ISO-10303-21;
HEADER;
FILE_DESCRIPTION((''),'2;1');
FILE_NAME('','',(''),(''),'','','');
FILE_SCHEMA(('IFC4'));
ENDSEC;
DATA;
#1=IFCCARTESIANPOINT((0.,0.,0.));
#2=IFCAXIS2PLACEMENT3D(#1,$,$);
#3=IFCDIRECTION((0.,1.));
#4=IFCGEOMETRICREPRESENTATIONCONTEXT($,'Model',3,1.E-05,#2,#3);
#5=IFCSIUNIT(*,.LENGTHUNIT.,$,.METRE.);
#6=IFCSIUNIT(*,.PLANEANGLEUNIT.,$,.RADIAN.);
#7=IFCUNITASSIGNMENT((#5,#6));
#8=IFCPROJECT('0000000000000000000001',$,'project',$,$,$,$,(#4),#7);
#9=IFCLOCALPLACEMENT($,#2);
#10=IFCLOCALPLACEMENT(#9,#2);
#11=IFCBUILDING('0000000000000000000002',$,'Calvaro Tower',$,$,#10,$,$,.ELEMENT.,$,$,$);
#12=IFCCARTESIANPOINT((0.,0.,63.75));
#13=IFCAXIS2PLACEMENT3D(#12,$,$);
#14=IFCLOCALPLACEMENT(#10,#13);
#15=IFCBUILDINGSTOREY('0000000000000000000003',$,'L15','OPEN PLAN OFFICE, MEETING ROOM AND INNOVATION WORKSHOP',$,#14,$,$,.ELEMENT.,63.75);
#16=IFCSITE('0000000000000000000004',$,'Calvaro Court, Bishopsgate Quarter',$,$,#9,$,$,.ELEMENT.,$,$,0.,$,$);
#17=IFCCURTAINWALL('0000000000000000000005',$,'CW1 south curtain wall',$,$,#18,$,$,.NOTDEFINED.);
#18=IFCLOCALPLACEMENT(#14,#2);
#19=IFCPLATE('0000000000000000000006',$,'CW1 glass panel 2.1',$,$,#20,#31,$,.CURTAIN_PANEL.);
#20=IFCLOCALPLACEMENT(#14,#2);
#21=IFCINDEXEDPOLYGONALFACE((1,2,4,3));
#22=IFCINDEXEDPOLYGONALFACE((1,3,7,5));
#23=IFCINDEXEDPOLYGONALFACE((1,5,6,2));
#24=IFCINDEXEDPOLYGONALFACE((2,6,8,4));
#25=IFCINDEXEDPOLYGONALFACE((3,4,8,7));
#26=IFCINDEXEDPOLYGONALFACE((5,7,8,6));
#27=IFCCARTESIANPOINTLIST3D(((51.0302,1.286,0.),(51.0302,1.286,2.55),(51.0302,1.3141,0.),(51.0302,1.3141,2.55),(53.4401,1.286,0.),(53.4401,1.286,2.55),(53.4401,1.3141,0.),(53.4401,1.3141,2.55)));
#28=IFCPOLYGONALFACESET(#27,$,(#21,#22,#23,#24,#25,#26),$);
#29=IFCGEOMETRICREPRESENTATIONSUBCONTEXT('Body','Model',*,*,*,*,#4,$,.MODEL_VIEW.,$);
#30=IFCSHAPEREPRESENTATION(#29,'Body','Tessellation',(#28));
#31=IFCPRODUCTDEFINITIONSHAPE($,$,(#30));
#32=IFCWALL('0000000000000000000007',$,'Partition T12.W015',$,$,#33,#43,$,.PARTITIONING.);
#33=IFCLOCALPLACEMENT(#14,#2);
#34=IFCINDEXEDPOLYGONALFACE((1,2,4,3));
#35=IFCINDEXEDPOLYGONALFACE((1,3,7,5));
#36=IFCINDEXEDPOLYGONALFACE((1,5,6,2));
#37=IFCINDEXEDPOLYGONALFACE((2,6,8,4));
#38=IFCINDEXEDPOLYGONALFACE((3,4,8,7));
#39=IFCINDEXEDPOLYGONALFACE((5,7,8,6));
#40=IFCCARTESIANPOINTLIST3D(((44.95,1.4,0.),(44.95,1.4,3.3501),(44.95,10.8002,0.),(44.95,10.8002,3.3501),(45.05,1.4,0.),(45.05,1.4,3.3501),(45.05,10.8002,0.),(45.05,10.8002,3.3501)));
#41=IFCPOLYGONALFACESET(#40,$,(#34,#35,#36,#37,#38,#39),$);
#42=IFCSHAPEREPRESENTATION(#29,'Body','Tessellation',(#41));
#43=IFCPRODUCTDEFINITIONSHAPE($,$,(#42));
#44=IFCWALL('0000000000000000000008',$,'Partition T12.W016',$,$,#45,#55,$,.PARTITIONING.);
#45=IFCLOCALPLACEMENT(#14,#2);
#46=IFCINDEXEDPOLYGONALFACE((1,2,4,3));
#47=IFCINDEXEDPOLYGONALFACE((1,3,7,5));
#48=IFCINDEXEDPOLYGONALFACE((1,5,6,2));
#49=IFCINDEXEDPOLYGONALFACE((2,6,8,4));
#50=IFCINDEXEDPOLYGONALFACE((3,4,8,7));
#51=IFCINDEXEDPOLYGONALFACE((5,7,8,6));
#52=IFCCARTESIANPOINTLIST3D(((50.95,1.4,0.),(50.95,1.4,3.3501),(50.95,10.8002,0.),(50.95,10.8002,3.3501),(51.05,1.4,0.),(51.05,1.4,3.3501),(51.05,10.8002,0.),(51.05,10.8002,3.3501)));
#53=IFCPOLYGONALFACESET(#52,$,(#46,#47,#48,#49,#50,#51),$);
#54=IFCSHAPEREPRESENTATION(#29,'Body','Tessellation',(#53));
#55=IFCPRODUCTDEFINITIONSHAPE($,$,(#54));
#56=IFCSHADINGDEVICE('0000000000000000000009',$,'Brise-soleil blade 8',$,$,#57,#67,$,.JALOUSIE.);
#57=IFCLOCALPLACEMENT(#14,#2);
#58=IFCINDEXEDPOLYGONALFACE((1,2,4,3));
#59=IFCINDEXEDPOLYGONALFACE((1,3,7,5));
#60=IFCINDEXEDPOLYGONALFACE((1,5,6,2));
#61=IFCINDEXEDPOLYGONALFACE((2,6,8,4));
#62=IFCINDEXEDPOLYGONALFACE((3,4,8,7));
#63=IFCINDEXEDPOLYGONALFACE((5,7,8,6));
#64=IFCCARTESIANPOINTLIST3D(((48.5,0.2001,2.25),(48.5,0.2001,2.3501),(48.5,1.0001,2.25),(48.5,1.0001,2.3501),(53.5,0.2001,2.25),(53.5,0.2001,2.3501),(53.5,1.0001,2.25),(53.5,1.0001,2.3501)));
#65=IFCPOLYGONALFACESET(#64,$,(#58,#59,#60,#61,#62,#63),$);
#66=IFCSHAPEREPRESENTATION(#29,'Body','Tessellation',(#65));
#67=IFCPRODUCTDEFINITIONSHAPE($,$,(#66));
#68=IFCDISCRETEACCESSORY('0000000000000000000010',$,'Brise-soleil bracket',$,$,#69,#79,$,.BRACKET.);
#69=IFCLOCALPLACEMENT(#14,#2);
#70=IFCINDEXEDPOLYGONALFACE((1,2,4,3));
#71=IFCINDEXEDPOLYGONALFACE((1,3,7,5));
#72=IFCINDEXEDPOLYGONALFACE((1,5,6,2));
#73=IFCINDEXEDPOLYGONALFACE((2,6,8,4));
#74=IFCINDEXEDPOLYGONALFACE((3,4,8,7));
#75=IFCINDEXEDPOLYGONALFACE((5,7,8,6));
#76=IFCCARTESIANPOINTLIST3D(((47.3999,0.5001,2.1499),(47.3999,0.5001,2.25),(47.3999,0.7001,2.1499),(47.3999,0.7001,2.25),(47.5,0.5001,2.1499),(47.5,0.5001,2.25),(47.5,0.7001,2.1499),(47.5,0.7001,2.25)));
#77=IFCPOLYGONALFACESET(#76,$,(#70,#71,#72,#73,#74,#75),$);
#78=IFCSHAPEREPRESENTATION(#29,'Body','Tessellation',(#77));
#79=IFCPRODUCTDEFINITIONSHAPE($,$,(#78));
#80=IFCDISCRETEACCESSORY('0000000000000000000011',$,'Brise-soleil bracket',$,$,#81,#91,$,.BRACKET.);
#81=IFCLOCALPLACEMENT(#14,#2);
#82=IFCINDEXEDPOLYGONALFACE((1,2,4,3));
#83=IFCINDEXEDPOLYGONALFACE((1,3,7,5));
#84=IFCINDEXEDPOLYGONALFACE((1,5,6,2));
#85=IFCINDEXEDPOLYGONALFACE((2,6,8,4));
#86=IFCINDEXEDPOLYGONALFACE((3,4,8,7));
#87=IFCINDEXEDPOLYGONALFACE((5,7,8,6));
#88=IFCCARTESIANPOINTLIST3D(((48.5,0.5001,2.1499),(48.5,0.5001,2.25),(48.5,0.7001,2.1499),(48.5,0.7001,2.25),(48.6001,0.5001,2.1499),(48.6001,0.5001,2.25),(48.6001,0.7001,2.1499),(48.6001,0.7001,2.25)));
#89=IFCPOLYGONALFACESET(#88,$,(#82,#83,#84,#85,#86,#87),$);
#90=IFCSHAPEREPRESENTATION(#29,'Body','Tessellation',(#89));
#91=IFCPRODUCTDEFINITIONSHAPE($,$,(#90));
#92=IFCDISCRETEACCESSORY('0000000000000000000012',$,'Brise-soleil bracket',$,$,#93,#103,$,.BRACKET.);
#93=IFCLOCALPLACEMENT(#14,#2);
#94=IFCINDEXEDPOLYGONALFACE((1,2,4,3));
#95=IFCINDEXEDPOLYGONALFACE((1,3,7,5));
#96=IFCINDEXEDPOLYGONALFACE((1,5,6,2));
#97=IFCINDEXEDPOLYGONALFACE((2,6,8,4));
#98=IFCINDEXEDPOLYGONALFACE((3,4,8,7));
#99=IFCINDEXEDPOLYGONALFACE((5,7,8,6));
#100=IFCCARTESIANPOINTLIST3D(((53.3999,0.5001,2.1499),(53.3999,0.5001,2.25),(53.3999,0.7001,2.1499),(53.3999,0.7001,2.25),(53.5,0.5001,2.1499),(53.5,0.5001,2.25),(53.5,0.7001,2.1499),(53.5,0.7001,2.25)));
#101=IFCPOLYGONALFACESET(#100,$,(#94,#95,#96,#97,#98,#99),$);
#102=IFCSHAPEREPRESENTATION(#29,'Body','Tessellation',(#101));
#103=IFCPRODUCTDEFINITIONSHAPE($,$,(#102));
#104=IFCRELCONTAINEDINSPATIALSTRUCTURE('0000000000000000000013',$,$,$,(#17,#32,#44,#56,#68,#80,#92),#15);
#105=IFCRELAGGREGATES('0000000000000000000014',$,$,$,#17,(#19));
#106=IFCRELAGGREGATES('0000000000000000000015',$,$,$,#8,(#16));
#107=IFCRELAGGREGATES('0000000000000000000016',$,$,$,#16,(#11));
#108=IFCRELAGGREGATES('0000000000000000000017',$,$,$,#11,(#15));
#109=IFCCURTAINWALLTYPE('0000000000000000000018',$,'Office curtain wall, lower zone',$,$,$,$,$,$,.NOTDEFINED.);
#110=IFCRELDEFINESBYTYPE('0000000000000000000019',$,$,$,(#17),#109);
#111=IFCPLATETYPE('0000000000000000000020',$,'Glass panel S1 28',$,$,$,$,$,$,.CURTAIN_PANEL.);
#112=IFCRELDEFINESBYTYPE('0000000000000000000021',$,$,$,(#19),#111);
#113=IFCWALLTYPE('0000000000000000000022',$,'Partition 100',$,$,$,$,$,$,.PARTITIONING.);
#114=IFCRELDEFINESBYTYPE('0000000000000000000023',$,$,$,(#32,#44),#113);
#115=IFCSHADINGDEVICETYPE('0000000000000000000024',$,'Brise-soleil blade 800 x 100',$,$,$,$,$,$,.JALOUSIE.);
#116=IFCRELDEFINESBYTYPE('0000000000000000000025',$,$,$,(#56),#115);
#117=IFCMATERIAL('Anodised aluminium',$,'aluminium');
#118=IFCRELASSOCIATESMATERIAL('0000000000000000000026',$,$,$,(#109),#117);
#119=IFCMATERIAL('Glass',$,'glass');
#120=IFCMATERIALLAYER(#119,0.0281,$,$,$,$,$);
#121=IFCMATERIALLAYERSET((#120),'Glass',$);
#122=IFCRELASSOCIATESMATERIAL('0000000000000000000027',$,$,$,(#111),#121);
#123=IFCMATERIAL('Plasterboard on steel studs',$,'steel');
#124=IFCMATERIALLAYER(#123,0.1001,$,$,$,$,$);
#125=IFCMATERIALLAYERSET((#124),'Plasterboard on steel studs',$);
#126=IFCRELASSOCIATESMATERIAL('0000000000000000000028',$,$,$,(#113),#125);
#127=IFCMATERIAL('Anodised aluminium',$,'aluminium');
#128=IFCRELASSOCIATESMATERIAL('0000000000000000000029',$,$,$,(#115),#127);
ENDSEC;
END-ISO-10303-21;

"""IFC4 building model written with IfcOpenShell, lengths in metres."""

from ifc_helpers import new_model, si_unit, direction, frame, frame_2d, origin, origin_2d, place, context, subcontext, project, spatial, rectangle, extrude, material, layer, layer_set, material_profile, profile_set, type_object, element, aggregate, save


model = new_model("IFC4")

# Units and contexts
model_context = context("Model", 3, precision=1e-05, world=origin(), true_north=direction((0.0, 1.0)))
body_context = subcontext(model_context, "Body", "Model", "MODEL_VIEW")
ifc_project = project(units=[si_unit("LENGTHUNIT", "METRE"), si_unit("PLANEANGLEUNIT", "RADIAN")], contexts=[model_context])

# Site, building, storey
site_placement = place(None, origin())
site = spatial("IfcSite", under=ifc_project, at=site_placement, Name="Calvaro Court, Bishopsgate Quarter", CompositionType="ELEMENT", RefElevation=0.0)
building_placement = place(site_placement, origin())
building = spatial("IfcBuilding", under=site, at=building_placement, Name="Calvaro Tower", CompositionType="ELEMENT")
storey_placement = place(building_placement, frame((0.0, 0.0, 63.75)))
storey = spatial("IfcBuildingStorey", under=building, at=storey_placement, Name="L15", Description="OPEN PLAN OFFICE, MEETING ROOM AND INNOVATION WORKSHOP", CompositionType="ELEMENT", Elevation=63.75)

# Curtain wall
ifc_material_1 = material(Name="Anodised aluminium", Category="aluminium")
curtain_wall_type = type_object("IfcCurtainWallType", Name="Office curtain wall, lower zone", PredefinedType="NOTDEFINED", material=ifc_material_1)
curtain_wall_1_placement = place(storey_placement, origin())
curtain_wall_1 = element("IfcCurtainWall", 1, at=curtain_wall_1_placement, inside=storey, type_object=curtain_wall_type, Name="CW1 south curtain wall", PredefinedType="NOTDEFINED")

# Plate
ifc_material_2 = material(Name="Glass", Category="glass")
ifc_layer_1 = layer(ifc_material_2, 0.0281)
ifc_layer_set_1 = layer_set([ifc_layer_1], Name="Glass")
plate_type = type_object("IfcPlateType", Name="Glass panel S1 28", PredefinedType="CURTAIN_PANEL", material=ifc_layer_set_1)
plate_1_placement = place(storey_placement, frame((52.2351, 1.3, 0.0), z_axis=(0.0, 0.0, 1.0), x_axis=(1.0, 0.0, 0.0)))
plate_1 = element("IfcPlate", 2, at=plate_1_placement, type_object=plate_type, Name="CW1 glass panel 2.1", PredefinedType="CURTAIN_PANEL", context=body_context, shape_type="SweptSolid", body=[
    extrude(rectangle(XDim=2.4099, YDim=0.0281, at=origin_2d()), origin(), (0.0, 0.0, 1.0), 2.55),
])
aggregate(curtain_wall_1, [plate_1])

# Walls
ifc_material_3 = material(Name="Plasterboard on steel studs", Category="steel")
ifc_layer_2 = layer(ifc_material_3, 0.1001)
ifc_layer_set_2 = layer_set([ifc_layer_2], Name="Plasterboard on steel studs")
wall_type = type_object("IfcWallType", Name="Partition 100", PredefinedType="PARTITIONING", material=ifc_layer_set_2)
for number, where, z_axis, x_axis, name in (
    (3, (45.0, 1.3999, 0.0), (0.0, 0.0, 1.0), (0.0, 1.0, 0.0), "Partition T12.W015"),
    (4, (51.0, 1.3999, 0.0), (0.0, 0.0, 1.0), (0.0, 1.0, 0.0), "Partition T12.W016"),
):
    element("IfcWall", number, at=place(storey_placement, frame(where, z_axis=z_axis, x_axis=x_axis)), inside=storey, type_object=wall_type, Name=name, PredefinedType="PARTITIONING", context=body_context, shape_type="SweptSolid", body=[
        extrude(rectangle(XDim=9.4001, YDim=0.1001, at=frame_2d((4.7002, 0.0))), origin(), (0.0, 0.0, 1.0), 3.3501),
    ])

# Shading device
ifc_material_4 = material(Name="Anodised aluminium", Category="aluminium")
ifc_material_profile_1 = material_profile(ifc_material_4, rectangle(XDim=0.8, YDim=0.1001, at=origin_2d()), Name="Brise-soleil blade 800 x 100")
ifc_profile_set_1 = profile_set([ifc_material_profile_1], Name="Anodised aluminium")
shading_device_type = type_object("IfcShadingDeviceType", Name="Brise-soleil blade 800 x 100", PredefinedType="JALOUSIE", material=ifc_profile_set_1)
shading_device_placement = place(storey_placement, frame((48.5, 0.6001, 2.3), z_axis=(1.0, 0.0, 0.0), x_axis=(0.0, 1.0, 0.0)))
element("IfcShadingDevice", 5, at=shading_device_placement, inside=storey, type_object=shading_device_type, Name="Brise-soleil blade 8", PredefinedType="JALOUSIE", context=body_context, shape_type="SweptSolid", body=[
    extrude(rectangle(XDim=0.8, YDim=0.1001, at=origin_2d()), origin(), (0.0, 0.0, 1.0), 5.0),
])

# Discrete accessories
for number, where, z_axis, x_axis, name in (
    (6, (47.45, 0.6001, 2.1499), (0.0, 0.0, 1.0), (1.0, 0.0, 0.0), "Brise-soleil bracket"),
    (7, (48.55, 0.6001, 2.1499), (0.0, 0.0, 1.0), (1.0, 0.0, 0.0), "Brise-soleil bracket"),
    (8, (53.45, 0.6001, 2.1499), (0.0, 0.0, 1.0), (1.0, 0.0, 0.0), "Brise-soleil bracket"),
):
    element("IfcDiscreteAccessory", number, at=place(storey_placement, frame(where, z_axis=z_axis, x_axis=x_axis)), inside=storey, Name=name, PredefinedType="BRACKET", context=body_context, shape_type="SweptSolid", body=[
        extrude(rectangle(XDim=0.1001, YDim=0.2, at=origin_2d()), origin(), (0.0, 0.0, 1.0), 0.1001),
    ])

save(model, "model.ifc")
